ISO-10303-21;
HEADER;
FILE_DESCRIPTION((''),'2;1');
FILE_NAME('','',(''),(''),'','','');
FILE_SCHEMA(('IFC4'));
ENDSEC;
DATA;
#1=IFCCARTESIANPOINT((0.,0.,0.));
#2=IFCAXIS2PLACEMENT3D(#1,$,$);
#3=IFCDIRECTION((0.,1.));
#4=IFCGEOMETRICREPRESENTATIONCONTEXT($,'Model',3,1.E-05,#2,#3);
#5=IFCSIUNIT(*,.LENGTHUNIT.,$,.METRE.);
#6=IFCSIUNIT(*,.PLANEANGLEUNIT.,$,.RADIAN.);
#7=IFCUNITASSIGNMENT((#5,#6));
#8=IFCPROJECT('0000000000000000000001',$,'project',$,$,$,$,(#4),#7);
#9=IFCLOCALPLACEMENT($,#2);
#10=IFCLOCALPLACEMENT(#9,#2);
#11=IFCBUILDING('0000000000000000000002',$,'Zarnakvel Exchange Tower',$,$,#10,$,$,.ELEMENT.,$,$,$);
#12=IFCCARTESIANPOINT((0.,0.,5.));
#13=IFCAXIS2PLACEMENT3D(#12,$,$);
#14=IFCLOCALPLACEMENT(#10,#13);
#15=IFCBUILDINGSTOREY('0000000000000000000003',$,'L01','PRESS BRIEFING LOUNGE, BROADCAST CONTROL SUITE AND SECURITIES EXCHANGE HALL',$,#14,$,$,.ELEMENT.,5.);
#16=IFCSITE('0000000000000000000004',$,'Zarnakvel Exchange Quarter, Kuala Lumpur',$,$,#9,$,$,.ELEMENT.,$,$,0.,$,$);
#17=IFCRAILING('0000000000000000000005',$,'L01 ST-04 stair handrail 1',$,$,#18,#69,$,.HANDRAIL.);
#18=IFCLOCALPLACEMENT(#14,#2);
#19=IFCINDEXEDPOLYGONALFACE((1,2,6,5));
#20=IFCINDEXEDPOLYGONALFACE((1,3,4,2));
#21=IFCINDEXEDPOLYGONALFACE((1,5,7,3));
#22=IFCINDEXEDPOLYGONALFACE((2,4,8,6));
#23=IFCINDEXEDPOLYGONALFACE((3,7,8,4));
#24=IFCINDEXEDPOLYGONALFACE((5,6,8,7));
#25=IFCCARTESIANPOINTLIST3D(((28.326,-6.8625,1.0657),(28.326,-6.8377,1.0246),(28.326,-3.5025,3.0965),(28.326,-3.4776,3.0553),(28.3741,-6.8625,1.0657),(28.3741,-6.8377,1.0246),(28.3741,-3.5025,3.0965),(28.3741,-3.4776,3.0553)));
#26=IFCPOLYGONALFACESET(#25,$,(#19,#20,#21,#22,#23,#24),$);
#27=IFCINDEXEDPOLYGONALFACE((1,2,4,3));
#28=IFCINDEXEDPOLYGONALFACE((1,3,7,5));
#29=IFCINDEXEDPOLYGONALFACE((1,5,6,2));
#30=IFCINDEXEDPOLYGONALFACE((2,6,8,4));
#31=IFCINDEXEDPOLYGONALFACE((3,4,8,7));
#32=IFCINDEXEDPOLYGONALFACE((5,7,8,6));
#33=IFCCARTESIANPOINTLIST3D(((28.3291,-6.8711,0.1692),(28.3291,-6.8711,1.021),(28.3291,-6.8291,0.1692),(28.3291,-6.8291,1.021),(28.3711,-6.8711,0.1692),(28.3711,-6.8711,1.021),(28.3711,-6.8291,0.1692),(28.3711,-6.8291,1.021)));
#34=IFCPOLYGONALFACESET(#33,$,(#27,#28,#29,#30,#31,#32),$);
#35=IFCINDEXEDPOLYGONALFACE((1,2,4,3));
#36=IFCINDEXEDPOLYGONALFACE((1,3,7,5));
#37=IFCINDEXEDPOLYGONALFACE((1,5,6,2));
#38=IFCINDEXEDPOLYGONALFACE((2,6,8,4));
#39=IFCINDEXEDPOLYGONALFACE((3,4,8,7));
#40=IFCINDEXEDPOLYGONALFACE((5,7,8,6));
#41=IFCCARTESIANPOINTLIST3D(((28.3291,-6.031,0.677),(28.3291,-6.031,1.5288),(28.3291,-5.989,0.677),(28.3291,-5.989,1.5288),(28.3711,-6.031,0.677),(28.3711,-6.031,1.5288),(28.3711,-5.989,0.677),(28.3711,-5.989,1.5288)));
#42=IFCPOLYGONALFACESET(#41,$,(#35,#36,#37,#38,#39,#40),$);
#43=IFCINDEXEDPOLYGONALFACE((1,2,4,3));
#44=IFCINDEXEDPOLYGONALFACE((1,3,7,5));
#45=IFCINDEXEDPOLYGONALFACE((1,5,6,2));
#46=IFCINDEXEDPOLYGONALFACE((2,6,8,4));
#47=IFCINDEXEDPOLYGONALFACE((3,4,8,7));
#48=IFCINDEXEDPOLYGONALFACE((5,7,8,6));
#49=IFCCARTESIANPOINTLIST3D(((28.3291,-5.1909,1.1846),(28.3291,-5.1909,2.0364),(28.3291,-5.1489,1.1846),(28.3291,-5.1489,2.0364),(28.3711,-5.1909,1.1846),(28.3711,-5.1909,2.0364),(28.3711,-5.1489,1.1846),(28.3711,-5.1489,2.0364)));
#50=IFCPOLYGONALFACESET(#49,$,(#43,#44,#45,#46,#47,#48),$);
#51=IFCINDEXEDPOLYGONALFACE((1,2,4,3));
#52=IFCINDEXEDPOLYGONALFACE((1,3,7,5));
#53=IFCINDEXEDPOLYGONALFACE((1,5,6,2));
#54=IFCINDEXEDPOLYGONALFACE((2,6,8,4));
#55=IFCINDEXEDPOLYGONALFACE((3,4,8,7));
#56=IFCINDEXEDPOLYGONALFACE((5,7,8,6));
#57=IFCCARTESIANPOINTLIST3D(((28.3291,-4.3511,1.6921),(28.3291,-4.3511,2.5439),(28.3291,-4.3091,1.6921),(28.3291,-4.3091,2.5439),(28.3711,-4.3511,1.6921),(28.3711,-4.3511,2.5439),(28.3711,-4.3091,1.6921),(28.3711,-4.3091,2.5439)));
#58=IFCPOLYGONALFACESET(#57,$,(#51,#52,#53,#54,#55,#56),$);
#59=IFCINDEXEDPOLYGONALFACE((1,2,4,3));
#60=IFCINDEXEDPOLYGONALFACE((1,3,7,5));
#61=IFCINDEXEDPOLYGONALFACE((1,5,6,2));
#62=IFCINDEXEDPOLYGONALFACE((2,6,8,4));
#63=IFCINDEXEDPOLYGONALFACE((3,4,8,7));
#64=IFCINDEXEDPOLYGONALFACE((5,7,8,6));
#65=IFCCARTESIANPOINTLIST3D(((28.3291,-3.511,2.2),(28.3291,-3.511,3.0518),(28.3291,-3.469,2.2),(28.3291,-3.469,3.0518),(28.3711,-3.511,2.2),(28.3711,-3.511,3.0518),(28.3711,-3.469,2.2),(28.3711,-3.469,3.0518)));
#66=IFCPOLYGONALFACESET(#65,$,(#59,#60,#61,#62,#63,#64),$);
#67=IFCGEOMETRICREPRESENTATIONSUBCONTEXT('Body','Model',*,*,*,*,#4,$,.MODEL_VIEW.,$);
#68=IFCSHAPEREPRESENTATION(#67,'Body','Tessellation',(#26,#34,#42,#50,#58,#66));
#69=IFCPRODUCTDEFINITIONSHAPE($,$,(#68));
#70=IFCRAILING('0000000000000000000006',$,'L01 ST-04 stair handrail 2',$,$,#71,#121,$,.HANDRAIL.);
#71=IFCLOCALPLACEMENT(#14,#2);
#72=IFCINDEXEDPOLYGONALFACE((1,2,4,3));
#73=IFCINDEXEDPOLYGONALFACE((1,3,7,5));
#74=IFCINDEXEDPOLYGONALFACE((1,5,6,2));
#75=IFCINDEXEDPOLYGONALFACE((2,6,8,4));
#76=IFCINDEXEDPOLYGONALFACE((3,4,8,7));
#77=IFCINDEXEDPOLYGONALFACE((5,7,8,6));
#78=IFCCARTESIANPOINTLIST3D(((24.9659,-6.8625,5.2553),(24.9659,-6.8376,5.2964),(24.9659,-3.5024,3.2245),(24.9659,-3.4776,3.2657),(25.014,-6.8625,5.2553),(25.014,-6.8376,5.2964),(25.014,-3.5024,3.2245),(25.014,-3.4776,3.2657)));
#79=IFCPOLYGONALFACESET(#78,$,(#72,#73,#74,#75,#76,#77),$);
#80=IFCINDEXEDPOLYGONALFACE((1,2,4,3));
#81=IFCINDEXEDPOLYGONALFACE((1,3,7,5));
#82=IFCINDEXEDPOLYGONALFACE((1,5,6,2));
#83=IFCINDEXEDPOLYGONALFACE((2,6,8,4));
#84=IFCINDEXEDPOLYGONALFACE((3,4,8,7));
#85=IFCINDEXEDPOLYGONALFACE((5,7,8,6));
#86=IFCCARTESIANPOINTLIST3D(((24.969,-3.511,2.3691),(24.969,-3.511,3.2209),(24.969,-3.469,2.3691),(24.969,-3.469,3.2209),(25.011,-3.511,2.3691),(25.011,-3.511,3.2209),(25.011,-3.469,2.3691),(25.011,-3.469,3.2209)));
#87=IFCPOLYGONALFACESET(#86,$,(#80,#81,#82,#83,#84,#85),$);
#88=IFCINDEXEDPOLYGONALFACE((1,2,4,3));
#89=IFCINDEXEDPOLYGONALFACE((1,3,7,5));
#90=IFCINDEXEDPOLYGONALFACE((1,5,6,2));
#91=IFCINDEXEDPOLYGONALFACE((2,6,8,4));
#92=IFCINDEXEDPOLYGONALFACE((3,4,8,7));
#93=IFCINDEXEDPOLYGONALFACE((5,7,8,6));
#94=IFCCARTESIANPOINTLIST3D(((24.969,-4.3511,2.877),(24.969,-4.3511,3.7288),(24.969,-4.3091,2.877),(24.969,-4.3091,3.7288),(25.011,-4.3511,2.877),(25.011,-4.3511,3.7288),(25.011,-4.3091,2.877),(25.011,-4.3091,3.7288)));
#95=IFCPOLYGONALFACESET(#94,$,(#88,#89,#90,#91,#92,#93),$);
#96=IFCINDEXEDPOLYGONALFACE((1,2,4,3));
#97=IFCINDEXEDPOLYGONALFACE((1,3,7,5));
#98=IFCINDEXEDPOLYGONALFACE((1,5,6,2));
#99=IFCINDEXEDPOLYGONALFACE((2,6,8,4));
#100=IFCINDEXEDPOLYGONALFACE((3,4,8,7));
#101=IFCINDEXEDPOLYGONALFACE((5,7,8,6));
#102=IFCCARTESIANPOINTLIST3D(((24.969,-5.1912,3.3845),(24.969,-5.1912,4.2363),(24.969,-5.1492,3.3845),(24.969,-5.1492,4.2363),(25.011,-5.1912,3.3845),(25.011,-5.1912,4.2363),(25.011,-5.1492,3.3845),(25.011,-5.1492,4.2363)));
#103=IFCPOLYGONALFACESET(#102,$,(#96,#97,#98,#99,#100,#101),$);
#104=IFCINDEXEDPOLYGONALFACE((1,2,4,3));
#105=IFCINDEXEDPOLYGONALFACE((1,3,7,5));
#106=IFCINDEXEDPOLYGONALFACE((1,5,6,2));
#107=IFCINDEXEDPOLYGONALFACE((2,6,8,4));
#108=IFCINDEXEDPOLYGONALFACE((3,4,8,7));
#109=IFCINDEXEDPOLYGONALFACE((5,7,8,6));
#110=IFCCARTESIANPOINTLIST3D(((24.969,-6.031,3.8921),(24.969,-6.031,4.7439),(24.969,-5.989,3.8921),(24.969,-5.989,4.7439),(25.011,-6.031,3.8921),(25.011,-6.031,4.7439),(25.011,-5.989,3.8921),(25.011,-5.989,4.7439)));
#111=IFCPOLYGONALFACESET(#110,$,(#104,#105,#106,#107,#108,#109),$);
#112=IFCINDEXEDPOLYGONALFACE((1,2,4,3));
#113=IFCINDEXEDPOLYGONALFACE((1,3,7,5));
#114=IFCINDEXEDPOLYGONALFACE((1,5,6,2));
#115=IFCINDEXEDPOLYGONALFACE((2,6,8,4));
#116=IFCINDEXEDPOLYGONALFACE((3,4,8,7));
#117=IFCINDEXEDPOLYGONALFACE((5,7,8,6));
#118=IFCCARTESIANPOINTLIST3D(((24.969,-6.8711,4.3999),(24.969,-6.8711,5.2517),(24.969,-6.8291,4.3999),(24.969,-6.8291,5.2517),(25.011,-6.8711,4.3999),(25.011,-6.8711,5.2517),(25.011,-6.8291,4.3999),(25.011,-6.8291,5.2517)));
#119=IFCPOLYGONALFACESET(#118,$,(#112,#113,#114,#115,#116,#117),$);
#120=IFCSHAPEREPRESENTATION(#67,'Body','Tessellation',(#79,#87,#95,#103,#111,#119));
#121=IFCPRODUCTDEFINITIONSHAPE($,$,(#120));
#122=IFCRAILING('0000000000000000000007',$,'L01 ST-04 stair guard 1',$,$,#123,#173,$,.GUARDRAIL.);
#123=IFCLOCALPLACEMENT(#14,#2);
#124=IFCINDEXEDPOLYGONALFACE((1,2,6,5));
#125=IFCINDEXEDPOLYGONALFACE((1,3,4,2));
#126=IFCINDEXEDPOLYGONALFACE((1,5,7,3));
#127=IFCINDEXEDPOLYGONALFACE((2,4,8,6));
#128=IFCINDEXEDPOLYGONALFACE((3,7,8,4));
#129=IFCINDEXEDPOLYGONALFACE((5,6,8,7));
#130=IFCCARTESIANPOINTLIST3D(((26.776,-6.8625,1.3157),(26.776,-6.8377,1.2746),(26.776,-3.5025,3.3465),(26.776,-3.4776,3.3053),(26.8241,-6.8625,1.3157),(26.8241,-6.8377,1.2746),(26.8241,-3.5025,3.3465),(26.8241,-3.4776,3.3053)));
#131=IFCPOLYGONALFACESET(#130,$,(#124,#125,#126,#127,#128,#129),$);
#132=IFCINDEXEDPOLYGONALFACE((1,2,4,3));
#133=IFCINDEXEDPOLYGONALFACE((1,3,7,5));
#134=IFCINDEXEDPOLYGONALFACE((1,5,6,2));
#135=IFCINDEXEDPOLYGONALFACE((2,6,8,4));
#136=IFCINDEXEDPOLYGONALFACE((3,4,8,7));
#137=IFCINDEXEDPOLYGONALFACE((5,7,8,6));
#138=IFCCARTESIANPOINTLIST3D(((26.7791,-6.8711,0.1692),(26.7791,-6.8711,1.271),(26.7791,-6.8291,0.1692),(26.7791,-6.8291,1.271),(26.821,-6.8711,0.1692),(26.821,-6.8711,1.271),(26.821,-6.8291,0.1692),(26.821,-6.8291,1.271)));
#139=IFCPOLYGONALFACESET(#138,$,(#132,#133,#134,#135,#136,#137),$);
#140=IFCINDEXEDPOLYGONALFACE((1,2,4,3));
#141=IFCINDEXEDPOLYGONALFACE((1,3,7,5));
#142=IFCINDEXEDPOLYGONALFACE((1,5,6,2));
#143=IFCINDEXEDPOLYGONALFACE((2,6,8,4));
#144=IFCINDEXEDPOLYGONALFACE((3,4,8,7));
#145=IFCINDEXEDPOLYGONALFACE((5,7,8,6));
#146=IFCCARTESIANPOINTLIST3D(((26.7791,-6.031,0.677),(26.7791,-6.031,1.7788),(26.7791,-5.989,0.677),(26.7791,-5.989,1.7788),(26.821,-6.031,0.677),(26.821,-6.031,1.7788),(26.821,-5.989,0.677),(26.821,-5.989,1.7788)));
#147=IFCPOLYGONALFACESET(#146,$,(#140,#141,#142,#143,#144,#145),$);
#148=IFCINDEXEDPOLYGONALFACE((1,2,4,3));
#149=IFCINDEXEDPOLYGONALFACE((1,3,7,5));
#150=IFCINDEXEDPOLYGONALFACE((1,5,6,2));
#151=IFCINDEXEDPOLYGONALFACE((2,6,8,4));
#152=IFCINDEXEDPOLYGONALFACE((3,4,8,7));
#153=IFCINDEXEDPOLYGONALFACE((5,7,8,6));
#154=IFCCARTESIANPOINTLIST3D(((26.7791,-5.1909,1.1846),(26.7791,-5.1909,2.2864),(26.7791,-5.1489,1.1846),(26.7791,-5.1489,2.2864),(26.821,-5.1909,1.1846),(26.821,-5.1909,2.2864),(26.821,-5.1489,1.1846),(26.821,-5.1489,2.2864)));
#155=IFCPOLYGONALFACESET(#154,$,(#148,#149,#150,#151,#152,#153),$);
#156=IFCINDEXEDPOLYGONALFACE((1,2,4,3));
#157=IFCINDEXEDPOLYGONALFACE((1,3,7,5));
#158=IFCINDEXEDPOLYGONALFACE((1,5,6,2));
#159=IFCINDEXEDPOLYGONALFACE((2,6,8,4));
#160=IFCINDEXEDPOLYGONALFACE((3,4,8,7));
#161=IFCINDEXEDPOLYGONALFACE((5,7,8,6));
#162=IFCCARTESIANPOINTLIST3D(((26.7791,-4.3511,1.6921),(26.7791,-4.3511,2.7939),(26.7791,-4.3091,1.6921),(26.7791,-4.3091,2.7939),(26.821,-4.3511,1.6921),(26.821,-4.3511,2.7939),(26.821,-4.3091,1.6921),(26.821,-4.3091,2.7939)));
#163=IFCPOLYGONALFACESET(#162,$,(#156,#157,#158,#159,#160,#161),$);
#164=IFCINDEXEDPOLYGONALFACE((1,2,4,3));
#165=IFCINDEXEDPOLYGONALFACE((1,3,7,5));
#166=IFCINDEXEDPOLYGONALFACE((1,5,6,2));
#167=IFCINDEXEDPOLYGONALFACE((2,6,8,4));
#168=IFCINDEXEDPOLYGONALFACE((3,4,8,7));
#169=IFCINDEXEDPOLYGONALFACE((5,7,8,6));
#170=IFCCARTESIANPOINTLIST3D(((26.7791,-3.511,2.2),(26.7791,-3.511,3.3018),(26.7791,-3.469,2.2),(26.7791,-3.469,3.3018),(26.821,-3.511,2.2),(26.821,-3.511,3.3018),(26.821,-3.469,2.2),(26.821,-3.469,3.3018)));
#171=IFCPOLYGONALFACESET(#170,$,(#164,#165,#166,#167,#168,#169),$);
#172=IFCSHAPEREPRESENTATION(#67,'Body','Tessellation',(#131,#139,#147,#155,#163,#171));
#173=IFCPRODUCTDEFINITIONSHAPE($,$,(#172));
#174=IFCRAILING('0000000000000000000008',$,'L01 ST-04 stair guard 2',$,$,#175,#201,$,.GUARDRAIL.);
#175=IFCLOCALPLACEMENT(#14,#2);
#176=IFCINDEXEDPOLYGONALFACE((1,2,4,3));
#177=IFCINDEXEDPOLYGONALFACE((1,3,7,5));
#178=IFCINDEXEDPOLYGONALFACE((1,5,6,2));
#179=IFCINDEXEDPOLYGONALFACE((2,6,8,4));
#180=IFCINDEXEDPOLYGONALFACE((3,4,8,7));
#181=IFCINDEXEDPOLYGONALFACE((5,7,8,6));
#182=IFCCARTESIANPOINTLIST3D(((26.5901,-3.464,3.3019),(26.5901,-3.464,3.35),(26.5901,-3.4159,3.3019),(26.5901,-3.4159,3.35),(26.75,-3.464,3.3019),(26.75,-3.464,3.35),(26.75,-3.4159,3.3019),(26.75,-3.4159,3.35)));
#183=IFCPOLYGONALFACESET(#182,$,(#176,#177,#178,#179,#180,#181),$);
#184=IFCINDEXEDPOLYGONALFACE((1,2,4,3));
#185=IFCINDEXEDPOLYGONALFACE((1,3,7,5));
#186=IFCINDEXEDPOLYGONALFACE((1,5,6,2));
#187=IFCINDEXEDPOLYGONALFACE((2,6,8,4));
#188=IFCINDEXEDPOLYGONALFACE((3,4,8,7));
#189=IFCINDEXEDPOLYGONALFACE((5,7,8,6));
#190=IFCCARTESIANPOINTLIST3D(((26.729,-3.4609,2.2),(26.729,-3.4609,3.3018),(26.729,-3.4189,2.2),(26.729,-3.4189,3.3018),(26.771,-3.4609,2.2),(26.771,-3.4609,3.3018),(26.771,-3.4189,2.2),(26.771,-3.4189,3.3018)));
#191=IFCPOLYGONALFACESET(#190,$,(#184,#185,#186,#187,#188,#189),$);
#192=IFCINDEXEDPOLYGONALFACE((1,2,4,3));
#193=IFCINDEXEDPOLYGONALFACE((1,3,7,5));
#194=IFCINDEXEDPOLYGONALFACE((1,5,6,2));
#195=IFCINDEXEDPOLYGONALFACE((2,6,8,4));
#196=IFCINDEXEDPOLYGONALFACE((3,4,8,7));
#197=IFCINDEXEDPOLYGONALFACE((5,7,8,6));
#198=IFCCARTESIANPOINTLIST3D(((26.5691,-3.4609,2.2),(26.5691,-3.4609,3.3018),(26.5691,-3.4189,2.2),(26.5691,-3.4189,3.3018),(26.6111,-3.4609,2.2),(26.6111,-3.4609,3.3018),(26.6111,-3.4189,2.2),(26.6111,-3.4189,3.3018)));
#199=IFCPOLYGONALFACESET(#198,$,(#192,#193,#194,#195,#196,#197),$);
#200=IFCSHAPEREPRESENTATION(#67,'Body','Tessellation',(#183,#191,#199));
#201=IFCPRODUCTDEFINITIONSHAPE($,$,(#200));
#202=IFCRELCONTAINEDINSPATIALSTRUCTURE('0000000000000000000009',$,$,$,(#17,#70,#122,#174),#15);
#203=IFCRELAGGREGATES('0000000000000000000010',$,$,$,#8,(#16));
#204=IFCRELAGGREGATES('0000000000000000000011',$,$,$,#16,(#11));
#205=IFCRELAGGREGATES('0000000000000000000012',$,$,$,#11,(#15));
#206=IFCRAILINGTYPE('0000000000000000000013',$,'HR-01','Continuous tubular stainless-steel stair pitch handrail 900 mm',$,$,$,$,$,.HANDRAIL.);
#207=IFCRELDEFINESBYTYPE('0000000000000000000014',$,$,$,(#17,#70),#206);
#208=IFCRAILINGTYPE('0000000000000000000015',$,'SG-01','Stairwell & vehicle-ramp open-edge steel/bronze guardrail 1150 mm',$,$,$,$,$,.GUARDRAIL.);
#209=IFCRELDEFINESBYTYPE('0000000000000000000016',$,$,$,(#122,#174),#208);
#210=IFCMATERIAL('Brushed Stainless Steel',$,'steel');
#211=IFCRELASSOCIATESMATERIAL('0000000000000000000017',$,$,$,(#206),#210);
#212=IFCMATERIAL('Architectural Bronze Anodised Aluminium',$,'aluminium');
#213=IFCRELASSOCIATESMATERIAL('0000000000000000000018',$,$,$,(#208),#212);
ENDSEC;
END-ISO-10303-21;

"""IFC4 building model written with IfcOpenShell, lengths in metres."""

from ifc_helpers import new_model, si_unit, direction, frame, origin, origin_2d, place, context, subcontext, project, spatial, rectangle, extrude, material, type_object, element, save


model = new_model("IFC4")

# Units and contexts
model_context = context("Model", 3, precision=1e-05, world=origin(), true_north=direction((0.0, 1.0)))
body_context = subcontext(model_context, "Body", "Model", "MODEL_VIEW")
ifc_project = project(units=[si_unit("LENGTHUNIT", "METRE"), si_unit("PLANEANGLEUNIT", "RADIAN")], contexts=[model_context])

# Site, building, storey
site_placement = place(None, origin())
site = spatial("IfcSite", under=ifc_project, at=site_placement, Name="Zarnakvel Exchange Quarter, Kuala Lumpur", CompositionType="ELEMENT", RefElevation=0.0)
building_placement = place(site_placement, origin())
building = spatial("IfcBuilding", under=site, at=building_placement, Name="Zarnakvel Exchange Tower", CompositionType="ELEMENT")
storey_placement = place(building_placement, frame((0.0, 0.0, 5.0)))
storey = spatial("IfcBuildingStorey", under=building, at=storey_placement, Name="L01", Description="PRESS BRIEFING LOUNGE, BROADCAST CONTROL SUITE AND SECURITIES EXCHANGE HALL", CompositionType="ELEMENT", Elevation=5.0)

# Railings
ifc_material_1 = material(Name="Brushed Stainless Steel", Category="steel")
railing_type_1 = type_object("IfcRailingType", Name="HR-01", Description="Continuous tubular stainless-steel stair pitch handrail 900 mm", PredefinedType="HANDRAIL", material=ifc_material_1)
railing_1_placement = place(storey_placement, frame((28.3501, -6.8501, 0.1692)))
element("IfcRailing", 1, at=railing_1_placement, inside=storey, type_object=railing_type_1, Name="L01 ST-04 stair handrail 1", PredefinedType="HANDRAIL", context=body_context, shape_type="SweptSolid", body=[
    extrude(rectangle(XDim=0.0481, YDim=0.0481, at=origin_2d()), frame((0.0, 0.0, 0.876), z_axis=(0.0, 0.855837, 0.517246), x_axis=(-1.0, 0.0, 0.0)), (0.0, 0.0, 1.0), 3.926),
    extrude(rectangle(XDim=0.042, YDim=0.042, at=origin_2d()), origin(), (0.0, 0.0, 1.0), 0.8518),
    extrude(rectangle(XDim=0.042, YDim=0.042, at=origin_2d()), frame((0.0, 0.8401, 0.5078)), (0.0, 0.0, 1.0), 0.8518),
    extrude(rectangle(XDim=0.042, YDim=0.042, at=origin_2d()), frame((0.0, 1.6802, 1.0154)), (0.0, 0.0, 1.0), 0.8518),
    extrude(rectangle(XDim=0.042, YDim=0.042, at=origin_2d()), frame((0.0, 2.52, 1.5229)), (0.0, 0.0, 1.0), 0.8518),
    extrude(rectangle(XDim=0.042, YDim=0.042, at=origin_2d()), frame((0.0, 3.3601, 2.0308)), (0.0, 0.0, 1.0), 0.8518),
])
railing_2_placement = place(storey_placement, frame((24.99, -3.49, 2.3691)))
element("IfcRailing", 2, at=railing_2_placement, inside=storey, type_object=railing_type_1, Name="L01 ST-04 stair handrail 2", PredefinedType="HANDRAIL", context=body_context, shape_type="SweptSolid", body=[
    extrude(rectangle(XDim=0.0481, YDim=0.0481, at=origin_2d()), frame((0.0, 0.0, 0.876), z_axis=(0.0, -0.855837, 0.517246), x_axis=(1.0, 0.0, 0.0)), (0.0, 0.0, 1.0), 3.926),
    extrude(rectangle(XDim=0.042, YDim=0.042, at=origin_2d()), origin(), (0.0, 0.0, 1.0), 0.8518),
    extrude(rectangle(XDim=0.042, YDim=0.042, at=origin_2d()), frame((0.0, -0.8401, 0.5078)), (0.0, 0.0, 1.0), 0.8518),
    extrude(rectangle(XDim=0.042, YDim=0.042, at=origin_2d()), frame((0.0, -1.6802, 1.0154)), (0.0, 0.0, 1.0), 0.8518),
    extrude(rectangle(XDim=0.042, YDim=0.042, at=origin_2d()), frame((0.0, -2.52, 1.5229)), (0.0, 0.0, 1.0), 0.8518),
    extrude(rectangle(XDim=0.042, YDim=0.042, at=origin_2d()), frame((0.0, -3.3601, 2.0308)), (0.0, 0.0, 1.0), 0.8518),
])
ifc_material_2 = material(Name="Architectural Bronze Anodised Aluminium", Category="aluminium")
railing_type_2 = type_object("IfcRailingType", Name="SG-01", Description="Stairwell & vehicle-ramp open-edge steel/bronze guardrail 1150 mm", PredefinedType="GUARDRAIL", material=ifc_material_2)
railing_3_placement = place(storey_placement, frame((26.8, -6.8501, 0.1692)))
element("IfcRailing", 3, at=railing_3_placement, inside=storey, type_object=railing_type_2, Name="L01 ST-04 stair guard 1", PredefinedType="GUARDRAIL", context=body_context, shape_type="SweptSolid", body=[
    extrude(rectangle(XDim=0.0481, YDim=0.0481, at=origin_2d()), frame((0.0, 0.0, 1.126), z_axis=(0.0, 0.855837, 0.517246), x_axis=(-1.0, 0.0, 0.0)), (0.0, 0.0, 1.0), 3.926),
    extrude(rectangle(XDim=0.042, YDim=0.042, at=origin_2d()), origin(), (0.0, 0.0, 1.0), 1.1018),
    extrude(rectangle(XDim=0.042, YDim=0.042, at=origin_2d()), frame((0.0, 0.8401, 0.5078)), (0.0, 0.0, 1.0), 1.1018),
    extrude(rectangle(XDim=0.042, YDim=0.042, at=origin_2d()), frame((0.0, 1.6802, 1.0154)), (0.0, 0.0, 1.0), 1.1018),
    extrude(rectangle(XDim=0.042, YDim=0.042, at=origin_2d()), frame((0.0, 2.52, 1.5229)), (0.0, 0.0, 1.0), 1.1018),
    extrude(rectangle(XDim=0.042, YDim=0.042, at=origin_2d()), frame((0.0, 3.3601, 2.0308)), (0.0, 0.0, 1.0), 1.1018),
])
railing_4_placement = place(storey_placement, frame((26.75, -3.4399, 2.2)))
element("IfcRailing", 4, at=railing_4_placement, inside=storey, type_object=railing_type_2, Name="L01 ST-04 stair guard 2", PredefinedType="GUARDRAIL", context=body_context, shape_type="SweptSolid", body=[
    extrude(rectangle(XDim=0.0481, YDim=0.0481, at=origin_2d()), frame((0.0, 0.0, 1.126), z_axis=(-1.0, 0.0, 0.0), x_axis=(0.0, -1.0, 0.0)), (0.0, 0.0, 1.0), 0.1599),
    extrude(rectangle(XDim=0.042, YDim=0.042, at=origin_2d()), origin(), (0.0, 0.0, 1.0), 1.1018),
    extrude(rectangle(XDim=0.042, YDim=0.042, at=origin_2d()), frame((-0.1599, 0.0, 0.0)), (0.0, 0.0, 1.0), 1.1018),
])

save(model, "model.ifc")
